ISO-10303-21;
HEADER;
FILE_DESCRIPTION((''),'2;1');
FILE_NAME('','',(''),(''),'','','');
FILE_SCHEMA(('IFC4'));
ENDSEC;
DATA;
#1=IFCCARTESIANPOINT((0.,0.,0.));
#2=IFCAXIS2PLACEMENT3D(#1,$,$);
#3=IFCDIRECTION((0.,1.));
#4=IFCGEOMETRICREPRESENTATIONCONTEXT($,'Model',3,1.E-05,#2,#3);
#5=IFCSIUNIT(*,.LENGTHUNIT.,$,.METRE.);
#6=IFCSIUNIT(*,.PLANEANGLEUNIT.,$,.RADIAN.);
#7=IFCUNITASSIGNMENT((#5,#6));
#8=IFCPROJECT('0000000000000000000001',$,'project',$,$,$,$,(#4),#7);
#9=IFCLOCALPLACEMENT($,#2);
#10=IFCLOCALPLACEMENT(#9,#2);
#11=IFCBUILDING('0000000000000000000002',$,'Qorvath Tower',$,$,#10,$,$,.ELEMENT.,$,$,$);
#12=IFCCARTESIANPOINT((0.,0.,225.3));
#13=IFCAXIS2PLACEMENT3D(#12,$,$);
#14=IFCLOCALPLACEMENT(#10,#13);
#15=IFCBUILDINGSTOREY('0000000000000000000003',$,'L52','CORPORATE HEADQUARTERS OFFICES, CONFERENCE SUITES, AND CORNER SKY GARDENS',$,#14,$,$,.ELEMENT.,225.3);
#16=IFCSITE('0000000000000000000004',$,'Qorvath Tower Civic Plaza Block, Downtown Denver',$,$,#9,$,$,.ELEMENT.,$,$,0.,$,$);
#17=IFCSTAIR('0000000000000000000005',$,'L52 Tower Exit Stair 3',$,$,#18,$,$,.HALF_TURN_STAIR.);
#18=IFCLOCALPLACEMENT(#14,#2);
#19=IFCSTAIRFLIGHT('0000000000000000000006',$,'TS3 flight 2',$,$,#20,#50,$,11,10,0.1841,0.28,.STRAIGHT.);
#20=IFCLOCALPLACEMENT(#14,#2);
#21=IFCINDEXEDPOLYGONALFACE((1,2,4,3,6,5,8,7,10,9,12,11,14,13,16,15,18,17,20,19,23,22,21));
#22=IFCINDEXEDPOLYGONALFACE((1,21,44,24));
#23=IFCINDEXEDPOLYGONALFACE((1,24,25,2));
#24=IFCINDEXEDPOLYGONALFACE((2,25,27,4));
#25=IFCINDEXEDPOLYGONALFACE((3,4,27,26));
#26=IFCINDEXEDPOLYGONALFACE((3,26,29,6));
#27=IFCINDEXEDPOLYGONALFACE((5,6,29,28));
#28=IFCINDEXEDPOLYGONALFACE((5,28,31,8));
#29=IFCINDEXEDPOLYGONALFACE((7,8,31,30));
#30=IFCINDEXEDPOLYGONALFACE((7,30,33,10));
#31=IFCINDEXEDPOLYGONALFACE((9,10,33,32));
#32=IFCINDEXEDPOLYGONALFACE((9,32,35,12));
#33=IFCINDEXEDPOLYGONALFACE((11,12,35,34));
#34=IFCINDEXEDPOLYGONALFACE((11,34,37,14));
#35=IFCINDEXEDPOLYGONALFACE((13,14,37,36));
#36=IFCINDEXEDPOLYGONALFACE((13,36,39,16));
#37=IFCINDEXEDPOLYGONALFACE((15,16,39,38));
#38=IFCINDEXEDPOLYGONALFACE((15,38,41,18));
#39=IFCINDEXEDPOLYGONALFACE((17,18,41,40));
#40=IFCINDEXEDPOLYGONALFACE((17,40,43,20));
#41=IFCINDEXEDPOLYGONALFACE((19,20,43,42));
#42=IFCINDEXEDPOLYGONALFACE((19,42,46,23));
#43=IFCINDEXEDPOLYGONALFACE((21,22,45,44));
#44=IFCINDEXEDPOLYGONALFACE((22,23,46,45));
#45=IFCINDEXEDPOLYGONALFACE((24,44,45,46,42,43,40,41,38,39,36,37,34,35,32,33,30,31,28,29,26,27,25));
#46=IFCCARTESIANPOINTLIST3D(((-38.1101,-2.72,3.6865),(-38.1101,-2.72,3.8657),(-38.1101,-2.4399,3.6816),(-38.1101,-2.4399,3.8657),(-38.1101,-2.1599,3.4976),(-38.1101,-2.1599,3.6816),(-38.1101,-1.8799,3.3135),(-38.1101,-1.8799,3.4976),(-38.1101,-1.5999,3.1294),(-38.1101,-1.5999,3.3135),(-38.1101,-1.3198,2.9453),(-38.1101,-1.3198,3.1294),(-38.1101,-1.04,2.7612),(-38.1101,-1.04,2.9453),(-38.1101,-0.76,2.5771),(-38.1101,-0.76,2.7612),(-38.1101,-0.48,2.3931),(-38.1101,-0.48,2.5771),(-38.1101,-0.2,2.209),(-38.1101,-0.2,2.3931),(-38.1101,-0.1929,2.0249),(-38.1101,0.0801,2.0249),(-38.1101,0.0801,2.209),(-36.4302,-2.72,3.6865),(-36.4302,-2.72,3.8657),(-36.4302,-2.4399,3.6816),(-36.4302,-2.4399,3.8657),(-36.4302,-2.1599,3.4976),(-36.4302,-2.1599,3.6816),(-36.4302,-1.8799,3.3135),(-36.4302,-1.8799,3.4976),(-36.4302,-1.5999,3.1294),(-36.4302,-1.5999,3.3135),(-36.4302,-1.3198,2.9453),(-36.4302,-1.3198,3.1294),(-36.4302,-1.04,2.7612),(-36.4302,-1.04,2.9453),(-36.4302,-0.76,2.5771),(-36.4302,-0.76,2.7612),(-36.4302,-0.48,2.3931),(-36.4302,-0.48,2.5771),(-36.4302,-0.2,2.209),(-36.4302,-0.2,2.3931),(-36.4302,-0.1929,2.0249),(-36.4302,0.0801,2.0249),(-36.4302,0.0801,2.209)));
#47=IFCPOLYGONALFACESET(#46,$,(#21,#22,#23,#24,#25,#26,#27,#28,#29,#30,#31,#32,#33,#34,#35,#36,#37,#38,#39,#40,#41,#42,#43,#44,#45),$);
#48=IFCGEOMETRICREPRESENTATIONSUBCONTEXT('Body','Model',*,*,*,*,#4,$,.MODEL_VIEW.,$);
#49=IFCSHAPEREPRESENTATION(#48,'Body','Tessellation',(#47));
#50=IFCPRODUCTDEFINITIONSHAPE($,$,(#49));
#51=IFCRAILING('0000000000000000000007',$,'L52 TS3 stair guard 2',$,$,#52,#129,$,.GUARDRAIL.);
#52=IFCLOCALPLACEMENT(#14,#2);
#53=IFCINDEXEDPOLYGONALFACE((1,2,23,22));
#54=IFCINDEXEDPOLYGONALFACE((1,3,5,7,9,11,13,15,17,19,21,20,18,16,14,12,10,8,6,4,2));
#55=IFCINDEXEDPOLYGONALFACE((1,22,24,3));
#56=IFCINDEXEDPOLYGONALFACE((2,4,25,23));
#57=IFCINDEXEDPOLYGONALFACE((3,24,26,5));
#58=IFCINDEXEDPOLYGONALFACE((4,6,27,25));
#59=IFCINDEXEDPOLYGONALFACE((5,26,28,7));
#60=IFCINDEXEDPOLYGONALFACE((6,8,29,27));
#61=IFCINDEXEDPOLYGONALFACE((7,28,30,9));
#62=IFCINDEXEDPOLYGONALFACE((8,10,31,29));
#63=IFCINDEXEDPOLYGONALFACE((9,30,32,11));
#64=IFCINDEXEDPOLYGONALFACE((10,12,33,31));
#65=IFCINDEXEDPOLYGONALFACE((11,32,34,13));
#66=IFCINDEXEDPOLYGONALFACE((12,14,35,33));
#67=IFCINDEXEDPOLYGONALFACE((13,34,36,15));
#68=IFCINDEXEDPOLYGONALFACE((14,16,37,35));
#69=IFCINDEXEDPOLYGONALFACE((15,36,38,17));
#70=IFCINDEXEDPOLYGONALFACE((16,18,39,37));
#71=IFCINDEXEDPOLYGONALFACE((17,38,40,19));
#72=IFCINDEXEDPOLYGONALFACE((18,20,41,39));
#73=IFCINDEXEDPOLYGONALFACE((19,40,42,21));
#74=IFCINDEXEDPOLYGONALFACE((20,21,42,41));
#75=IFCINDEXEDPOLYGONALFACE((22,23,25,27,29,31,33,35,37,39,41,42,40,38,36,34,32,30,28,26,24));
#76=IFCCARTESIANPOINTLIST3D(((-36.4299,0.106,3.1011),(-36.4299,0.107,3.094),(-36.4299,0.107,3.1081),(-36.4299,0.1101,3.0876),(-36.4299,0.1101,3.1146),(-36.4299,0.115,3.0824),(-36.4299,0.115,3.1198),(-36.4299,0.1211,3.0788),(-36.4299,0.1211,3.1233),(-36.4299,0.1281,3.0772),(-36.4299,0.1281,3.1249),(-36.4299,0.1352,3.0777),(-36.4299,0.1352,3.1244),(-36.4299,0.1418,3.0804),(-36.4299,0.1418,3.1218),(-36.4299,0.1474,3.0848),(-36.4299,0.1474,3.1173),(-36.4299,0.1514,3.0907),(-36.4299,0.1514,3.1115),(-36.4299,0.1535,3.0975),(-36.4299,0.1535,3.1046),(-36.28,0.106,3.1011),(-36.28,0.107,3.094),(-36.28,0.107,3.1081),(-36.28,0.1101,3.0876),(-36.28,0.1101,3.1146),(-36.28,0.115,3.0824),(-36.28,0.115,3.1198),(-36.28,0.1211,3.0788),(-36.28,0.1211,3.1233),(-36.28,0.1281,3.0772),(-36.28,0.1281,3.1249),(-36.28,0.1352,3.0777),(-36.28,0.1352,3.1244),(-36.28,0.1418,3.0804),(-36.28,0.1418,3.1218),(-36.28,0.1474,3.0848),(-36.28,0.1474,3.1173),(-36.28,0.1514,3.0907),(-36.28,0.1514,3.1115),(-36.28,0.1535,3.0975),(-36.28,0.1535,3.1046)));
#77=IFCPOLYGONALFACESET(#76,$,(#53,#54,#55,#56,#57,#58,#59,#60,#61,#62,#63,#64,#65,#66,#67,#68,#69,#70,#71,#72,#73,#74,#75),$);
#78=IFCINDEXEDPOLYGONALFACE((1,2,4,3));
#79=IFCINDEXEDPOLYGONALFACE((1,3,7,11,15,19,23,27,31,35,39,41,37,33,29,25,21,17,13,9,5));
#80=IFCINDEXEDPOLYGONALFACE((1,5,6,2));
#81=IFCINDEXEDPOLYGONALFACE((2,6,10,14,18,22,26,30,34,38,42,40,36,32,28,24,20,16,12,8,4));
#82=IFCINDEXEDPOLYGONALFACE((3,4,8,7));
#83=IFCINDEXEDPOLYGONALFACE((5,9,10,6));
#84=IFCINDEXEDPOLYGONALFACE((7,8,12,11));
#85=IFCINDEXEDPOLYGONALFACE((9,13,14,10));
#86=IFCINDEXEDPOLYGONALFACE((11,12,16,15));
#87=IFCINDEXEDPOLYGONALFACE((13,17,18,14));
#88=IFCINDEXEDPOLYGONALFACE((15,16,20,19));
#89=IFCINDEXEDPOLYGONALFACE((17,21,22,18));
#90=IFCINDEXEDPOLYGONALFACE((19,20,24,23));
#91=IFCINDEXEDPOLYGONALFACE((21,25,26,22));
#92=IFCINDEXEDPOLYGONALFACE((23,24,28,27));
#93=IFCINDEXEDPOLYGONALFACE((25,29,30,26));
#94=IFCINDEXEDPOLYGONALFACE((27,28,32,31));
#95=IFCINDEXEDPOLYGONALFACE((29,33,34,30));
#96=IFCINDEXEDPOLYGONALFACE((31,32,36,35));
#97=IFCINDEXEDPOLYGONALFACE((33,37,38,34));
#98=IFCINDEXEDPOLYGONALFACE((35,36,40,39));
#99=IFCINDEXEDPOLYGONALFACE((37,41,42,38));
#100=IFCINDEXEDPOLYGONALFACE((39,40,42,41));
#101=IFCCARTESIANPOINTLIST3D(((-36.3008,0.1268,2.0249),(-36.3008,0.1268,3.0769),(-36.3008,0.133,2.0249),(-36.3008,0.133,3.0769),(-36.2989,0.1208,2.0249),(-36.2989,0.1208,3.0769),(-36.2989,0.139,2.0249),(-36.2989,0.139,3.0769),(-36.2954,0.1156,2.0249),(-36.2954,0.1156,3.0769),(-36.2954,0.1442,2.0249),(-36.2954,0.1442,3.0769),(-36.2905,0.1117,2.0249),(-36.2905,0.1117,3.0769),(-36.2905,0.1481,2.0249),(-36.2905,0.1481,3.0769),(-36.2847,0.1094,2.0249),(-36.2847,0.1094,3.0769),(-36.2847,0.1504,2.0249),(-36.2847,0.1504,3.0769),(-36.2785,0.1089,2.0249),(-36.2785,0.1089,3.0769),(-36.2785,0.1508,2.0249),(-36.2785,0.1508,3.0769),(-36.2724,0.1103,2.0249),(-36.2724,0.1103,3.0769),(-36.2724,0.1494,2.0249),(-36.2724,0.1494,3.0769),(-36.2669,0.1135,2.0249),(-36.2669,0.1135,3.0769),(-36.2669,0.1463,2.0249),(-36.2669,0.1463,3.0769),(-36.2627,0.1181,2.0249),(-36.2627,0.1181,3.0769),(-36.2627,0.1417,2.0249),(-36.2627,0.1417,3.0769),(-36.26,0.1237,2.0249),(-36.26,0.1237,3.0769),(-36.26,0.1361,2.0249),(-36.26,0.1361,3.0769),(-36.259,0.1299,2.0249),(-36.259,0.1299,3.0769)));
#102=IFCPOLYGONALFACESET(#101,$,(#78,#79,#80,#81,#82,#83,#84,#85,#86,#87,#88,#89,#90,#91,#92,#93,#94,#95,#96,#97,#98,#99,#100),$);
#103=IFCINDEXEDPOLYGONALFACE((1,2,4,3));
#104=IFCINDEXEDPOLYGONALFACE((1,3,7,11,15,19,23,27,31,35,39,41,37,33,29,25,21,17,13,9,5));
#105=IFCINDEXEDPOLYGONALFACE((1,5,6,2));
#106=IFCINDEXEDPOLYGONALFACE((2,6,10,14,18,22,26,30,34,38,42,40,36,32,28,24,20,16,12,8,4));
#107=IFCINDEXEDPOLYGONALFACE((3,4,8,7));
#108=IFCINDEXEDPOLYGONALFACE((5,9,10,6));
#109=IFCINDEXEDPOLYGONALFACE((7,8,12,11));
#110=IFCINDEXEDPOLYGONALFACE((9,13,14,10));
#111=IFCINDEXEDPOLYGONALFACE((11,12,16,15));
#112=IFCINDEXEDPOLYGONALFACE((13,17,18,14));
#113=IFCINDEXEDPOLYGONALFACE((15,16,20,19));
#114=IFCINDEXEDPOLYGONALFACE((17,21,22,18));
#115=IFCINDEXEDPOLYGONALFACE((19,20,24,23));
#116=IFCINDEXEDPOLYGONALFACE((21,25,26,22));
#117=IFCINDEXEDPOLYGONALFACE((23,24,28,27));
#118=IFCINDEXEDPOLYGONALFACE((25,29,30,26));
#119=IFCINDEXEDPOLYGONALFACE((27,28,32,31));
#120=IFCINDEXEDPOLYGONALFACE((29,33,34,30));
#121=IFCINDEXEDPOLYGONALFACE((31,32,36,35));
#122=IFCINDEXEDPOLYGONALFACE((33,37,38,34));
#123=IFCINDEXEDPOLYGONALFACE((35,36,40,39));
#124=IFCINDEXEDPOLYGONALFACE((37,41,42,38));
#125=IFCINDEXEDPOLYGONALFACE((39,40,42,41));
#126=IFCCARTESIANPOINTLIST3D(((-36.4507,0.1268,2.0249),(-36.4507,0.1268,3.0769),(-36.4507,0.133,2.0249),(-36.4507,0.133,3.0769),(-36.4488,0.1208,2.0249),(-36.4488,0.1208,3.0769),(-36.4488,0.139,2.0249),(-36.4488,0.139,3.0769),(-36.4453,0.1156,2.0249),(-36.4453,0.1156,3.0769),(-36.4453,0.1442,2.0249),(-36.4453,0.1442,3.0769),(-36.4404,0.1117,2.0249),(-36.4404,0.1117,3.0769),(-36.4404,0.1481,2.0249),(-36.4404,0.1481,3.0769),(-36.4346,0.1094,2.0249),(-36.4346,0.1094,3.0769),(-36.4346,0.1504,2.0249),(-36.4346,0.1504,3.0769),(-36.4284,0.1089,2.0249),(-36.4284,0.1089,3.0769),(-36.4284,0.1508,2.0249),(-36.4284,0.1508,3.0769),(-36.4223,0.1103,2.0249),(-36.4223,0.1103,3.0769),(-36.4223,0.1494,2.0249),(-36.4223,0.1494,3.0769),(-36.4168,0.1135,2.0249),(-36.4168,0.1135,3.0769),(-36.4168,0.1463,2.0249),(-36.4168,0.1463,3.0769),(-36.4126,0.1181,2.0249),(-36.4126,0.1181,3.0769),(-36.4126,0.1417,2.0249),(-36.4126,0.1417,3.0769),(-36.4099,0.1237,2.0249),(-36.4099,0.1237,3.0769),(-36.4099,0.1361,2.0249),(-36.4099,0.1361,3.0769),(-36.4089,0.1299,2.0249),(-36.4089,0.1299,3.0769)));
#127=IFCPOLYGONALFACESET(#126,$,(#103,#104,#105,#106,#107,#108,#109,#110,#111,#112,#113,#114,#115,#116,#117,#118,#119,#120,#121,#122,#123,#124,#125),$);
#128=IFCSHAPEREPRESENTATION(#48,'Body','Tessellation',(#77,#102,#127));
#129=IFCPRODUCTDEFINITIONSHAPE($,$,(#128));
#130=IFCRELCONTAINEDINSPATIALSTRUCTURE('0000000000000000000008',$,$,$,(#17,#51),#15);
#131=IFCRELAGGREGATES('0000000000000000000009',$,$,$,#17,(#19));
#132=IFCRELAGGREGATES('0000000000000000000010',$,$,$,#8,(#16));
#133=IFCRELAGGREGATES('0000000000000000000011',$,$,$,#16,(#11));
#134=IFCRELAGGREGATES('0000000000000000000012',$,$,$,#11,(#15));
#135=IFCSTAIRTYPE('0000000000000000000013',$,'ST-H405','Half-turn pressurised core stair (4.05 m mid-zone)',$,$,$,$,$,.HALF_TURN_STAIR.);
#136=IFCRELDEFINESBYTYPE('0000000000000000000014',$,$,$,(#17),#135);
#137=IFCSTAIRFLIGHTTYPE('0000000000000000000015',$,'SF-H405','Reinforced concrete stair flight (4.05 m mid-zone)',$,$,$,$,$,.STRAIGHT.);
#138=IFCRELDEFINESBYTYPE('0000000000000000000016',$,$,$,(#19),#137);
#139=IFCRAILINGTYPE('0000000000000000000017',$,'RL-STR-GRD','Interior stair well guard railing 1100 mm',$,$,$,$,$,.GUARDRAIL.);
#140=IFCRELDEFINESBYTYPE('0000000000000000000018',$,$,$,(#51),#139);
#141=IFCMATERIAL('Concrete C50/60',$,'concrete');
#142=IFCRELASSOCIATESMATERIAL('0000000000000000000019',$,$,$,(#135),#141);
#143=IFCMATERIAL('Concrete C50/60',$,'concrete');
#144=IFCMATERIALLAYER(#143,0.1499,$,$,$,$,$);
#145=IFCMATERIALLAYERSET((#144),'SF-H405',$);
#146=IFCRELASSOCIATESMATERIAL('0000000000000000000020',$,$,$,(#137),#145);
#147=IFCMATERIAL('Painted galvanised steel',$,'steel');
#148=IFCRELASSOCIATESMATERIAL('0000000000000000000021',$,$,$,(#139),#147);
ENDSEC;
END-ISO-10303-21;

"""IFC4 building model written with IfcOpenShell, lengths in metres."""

from ifc_helpers import new_model, si_unit, direction, frame, origin, origin_2d, place, context, subcontext, project, spatial, polyline, circle, outline, extrude, material, layer, layer_set, type_object, element, aggregate, save


model = new_model("IFC4")

# Units and contexts
model_context = context("Model", 3, precision=1e-05, world=origin(), true_north=direction((0.0, 1.0)))
body_context = subcontext(model_context, "Body", "Model", "MODEL_VIEW")
ifc_project = project(units=[si_unit("LENGTHUNIT", "METRE"), si_unit("PLANEANGLEUNIT", "RADIAN")], contexts=[model_context])

# Site, building, storey
site_placement = place(None, origin())
site = spatial("IfcSite", under=ifc_project, at=site_placement, Name="Qorvath Tower Civic Plaza Block, Downtown Denver", CompositionType="ELEMENT", RefElevation=0.0)
building_placement = place(site_placement, origin())
building = spatial("IfcBuilding", under=site, at=building_placement, Name="Qorvath Tower", CompositionType="ELEMENT")
storey_placement = place(building_placement, frame((0.0, 0.0, 225.3)))
storey = spatial("IfcBuildingStorey", under=building, at=storey_placement, Name="L52", Description="CORPORATE HEADQUARTERS OFFICES, CONFERENCE SUITES, AND CORNER SKY GARDENS", CompositionType="ELEMENT", Elevation=225.3)

# Stair, stair flight
ifc_material_1 = material(Name="Concrete C50/60", Category="concrete")
stair_type = type_object("IfcStairType", Name="ST-H405", Description="Half-turn pressurised core stair (4.05 m mid-zone)", PredefinedType="HALF_TURN_STAIR", material=ifc_material_1)
stair_placement = place(storey_placement, origin())
stair = element("IfcStair", 1, at=stair_placement, inside=storey, type_object=stair_type, Name="L52 Tower Exit Stair 3", PredefinedType="HALF_TURN_STAIR")
ifc_material_2 = material(Name="Concrete C50/60", Category="concrete")
ifc_layer_1 = layer(ifc_material_2, 0.1499)
ifc_layer_set_1 = layer_set([ifc_layer_1], Name="SF-H405")
stair_flight_type = type_object("IfcStairFlightType", Name="SF-H405", Description="Reinforced concrete stair flight (4.05 m mid-zone)", PredefinedType="STRAIGHT", material=ifc_layer_set_1)
stair_flight_placement = place(storey_placement, frame((-37.27, 0.0801, 2.0249), z_axis=(0.0, 0.0, 1.0), x_axis=(0.0, -1.0, 0.0)))
stair_flight = element("IfcStairFlight", 2, at=stair_flight_placement, type_object=stair_flight_type, Name="TS3 flight 2", NumberOfRisers=11, NumberOfTreads=10, PredefinedType="STRAIGHT", RiserHeight=0.1841, TreadLength=0.28, context=body_context, shape_type="SweptSolid", body=[
    extrude(outline(polyline([(0.0, 0.0), (0.0, 0.1841), (0.28, 0.1841), (0.28, 0.3682), (0.5601, 0.3682), (0.5601, 0.5522), (0.8401, 0.5522), (0.8401, 0.7363), (1.1201, 0.7363), (1.1201, 0.9204), (1.3999, 0.9204), (1.3999, 1.1045), (1.6799, 1.1045), (1.6799, 1.2886), (1.96, 1.2886), (1.96, 1.4727), (2.24, 1.4727), (2.24, 1.6567), (2.52, 1.6567), (2.52, 1.8408), (2.8, 1.8408), (2.8, 2.0249), (2.8, 1.6616), (0.2729, 0.0), (0.0, 0.0)])), frame((0.0, 0.8398, 0.0), z_axis=(0.0, -1.0, 0.0), x_axis=(1.0, 0.0, 0.0)), (0.0, 0.0, 1.0), 1.6799),
])
aggregate(stair, [stair_flight])

# Railing
ifc_material_3 = material(Name="Painted galvanised steel", Category="steel")
railing_type = type_object("IfcRailingType", Name="RL-STR-GRD", Description="Interior stair well guard railing 1100 mm", PredefinedType="GUARDRAIL", material=ifc_material_3)
railing_1_placement = place(storey_placement, frame((-36.28, 0.1299, 2.0249)))
element("IfcRailing", 3, at=railing_1_placement, inside=storey, type_object=railing_type, Name="L52 TS3 stair guard 2", PredefinedType="GUARDRAIL", context=body_context, shape_type="SweptSolid", body=[
    extrude(circle(Radius=0.0239, at=origin_2d()), frame((0.0, 0.0, 1.0762), z_axis=(-1.0, 0.0, 0.0), x_axis=(0.0, -1.0, 0.0)), (0.0, 0.0, 1.0), 0.1499),
    extrude(circle(Radius=0.021, at=origin_2d()), origin(), (0.0, 0.0, 1.0), 1.052),
    extrude(circle(Radius=0.021, at=origin_2d()), frame((-0.1499, 0.0, 0.0)), (0.0, 0.0, 1.0), 1.052),
])

save(model, "model.ifc")
